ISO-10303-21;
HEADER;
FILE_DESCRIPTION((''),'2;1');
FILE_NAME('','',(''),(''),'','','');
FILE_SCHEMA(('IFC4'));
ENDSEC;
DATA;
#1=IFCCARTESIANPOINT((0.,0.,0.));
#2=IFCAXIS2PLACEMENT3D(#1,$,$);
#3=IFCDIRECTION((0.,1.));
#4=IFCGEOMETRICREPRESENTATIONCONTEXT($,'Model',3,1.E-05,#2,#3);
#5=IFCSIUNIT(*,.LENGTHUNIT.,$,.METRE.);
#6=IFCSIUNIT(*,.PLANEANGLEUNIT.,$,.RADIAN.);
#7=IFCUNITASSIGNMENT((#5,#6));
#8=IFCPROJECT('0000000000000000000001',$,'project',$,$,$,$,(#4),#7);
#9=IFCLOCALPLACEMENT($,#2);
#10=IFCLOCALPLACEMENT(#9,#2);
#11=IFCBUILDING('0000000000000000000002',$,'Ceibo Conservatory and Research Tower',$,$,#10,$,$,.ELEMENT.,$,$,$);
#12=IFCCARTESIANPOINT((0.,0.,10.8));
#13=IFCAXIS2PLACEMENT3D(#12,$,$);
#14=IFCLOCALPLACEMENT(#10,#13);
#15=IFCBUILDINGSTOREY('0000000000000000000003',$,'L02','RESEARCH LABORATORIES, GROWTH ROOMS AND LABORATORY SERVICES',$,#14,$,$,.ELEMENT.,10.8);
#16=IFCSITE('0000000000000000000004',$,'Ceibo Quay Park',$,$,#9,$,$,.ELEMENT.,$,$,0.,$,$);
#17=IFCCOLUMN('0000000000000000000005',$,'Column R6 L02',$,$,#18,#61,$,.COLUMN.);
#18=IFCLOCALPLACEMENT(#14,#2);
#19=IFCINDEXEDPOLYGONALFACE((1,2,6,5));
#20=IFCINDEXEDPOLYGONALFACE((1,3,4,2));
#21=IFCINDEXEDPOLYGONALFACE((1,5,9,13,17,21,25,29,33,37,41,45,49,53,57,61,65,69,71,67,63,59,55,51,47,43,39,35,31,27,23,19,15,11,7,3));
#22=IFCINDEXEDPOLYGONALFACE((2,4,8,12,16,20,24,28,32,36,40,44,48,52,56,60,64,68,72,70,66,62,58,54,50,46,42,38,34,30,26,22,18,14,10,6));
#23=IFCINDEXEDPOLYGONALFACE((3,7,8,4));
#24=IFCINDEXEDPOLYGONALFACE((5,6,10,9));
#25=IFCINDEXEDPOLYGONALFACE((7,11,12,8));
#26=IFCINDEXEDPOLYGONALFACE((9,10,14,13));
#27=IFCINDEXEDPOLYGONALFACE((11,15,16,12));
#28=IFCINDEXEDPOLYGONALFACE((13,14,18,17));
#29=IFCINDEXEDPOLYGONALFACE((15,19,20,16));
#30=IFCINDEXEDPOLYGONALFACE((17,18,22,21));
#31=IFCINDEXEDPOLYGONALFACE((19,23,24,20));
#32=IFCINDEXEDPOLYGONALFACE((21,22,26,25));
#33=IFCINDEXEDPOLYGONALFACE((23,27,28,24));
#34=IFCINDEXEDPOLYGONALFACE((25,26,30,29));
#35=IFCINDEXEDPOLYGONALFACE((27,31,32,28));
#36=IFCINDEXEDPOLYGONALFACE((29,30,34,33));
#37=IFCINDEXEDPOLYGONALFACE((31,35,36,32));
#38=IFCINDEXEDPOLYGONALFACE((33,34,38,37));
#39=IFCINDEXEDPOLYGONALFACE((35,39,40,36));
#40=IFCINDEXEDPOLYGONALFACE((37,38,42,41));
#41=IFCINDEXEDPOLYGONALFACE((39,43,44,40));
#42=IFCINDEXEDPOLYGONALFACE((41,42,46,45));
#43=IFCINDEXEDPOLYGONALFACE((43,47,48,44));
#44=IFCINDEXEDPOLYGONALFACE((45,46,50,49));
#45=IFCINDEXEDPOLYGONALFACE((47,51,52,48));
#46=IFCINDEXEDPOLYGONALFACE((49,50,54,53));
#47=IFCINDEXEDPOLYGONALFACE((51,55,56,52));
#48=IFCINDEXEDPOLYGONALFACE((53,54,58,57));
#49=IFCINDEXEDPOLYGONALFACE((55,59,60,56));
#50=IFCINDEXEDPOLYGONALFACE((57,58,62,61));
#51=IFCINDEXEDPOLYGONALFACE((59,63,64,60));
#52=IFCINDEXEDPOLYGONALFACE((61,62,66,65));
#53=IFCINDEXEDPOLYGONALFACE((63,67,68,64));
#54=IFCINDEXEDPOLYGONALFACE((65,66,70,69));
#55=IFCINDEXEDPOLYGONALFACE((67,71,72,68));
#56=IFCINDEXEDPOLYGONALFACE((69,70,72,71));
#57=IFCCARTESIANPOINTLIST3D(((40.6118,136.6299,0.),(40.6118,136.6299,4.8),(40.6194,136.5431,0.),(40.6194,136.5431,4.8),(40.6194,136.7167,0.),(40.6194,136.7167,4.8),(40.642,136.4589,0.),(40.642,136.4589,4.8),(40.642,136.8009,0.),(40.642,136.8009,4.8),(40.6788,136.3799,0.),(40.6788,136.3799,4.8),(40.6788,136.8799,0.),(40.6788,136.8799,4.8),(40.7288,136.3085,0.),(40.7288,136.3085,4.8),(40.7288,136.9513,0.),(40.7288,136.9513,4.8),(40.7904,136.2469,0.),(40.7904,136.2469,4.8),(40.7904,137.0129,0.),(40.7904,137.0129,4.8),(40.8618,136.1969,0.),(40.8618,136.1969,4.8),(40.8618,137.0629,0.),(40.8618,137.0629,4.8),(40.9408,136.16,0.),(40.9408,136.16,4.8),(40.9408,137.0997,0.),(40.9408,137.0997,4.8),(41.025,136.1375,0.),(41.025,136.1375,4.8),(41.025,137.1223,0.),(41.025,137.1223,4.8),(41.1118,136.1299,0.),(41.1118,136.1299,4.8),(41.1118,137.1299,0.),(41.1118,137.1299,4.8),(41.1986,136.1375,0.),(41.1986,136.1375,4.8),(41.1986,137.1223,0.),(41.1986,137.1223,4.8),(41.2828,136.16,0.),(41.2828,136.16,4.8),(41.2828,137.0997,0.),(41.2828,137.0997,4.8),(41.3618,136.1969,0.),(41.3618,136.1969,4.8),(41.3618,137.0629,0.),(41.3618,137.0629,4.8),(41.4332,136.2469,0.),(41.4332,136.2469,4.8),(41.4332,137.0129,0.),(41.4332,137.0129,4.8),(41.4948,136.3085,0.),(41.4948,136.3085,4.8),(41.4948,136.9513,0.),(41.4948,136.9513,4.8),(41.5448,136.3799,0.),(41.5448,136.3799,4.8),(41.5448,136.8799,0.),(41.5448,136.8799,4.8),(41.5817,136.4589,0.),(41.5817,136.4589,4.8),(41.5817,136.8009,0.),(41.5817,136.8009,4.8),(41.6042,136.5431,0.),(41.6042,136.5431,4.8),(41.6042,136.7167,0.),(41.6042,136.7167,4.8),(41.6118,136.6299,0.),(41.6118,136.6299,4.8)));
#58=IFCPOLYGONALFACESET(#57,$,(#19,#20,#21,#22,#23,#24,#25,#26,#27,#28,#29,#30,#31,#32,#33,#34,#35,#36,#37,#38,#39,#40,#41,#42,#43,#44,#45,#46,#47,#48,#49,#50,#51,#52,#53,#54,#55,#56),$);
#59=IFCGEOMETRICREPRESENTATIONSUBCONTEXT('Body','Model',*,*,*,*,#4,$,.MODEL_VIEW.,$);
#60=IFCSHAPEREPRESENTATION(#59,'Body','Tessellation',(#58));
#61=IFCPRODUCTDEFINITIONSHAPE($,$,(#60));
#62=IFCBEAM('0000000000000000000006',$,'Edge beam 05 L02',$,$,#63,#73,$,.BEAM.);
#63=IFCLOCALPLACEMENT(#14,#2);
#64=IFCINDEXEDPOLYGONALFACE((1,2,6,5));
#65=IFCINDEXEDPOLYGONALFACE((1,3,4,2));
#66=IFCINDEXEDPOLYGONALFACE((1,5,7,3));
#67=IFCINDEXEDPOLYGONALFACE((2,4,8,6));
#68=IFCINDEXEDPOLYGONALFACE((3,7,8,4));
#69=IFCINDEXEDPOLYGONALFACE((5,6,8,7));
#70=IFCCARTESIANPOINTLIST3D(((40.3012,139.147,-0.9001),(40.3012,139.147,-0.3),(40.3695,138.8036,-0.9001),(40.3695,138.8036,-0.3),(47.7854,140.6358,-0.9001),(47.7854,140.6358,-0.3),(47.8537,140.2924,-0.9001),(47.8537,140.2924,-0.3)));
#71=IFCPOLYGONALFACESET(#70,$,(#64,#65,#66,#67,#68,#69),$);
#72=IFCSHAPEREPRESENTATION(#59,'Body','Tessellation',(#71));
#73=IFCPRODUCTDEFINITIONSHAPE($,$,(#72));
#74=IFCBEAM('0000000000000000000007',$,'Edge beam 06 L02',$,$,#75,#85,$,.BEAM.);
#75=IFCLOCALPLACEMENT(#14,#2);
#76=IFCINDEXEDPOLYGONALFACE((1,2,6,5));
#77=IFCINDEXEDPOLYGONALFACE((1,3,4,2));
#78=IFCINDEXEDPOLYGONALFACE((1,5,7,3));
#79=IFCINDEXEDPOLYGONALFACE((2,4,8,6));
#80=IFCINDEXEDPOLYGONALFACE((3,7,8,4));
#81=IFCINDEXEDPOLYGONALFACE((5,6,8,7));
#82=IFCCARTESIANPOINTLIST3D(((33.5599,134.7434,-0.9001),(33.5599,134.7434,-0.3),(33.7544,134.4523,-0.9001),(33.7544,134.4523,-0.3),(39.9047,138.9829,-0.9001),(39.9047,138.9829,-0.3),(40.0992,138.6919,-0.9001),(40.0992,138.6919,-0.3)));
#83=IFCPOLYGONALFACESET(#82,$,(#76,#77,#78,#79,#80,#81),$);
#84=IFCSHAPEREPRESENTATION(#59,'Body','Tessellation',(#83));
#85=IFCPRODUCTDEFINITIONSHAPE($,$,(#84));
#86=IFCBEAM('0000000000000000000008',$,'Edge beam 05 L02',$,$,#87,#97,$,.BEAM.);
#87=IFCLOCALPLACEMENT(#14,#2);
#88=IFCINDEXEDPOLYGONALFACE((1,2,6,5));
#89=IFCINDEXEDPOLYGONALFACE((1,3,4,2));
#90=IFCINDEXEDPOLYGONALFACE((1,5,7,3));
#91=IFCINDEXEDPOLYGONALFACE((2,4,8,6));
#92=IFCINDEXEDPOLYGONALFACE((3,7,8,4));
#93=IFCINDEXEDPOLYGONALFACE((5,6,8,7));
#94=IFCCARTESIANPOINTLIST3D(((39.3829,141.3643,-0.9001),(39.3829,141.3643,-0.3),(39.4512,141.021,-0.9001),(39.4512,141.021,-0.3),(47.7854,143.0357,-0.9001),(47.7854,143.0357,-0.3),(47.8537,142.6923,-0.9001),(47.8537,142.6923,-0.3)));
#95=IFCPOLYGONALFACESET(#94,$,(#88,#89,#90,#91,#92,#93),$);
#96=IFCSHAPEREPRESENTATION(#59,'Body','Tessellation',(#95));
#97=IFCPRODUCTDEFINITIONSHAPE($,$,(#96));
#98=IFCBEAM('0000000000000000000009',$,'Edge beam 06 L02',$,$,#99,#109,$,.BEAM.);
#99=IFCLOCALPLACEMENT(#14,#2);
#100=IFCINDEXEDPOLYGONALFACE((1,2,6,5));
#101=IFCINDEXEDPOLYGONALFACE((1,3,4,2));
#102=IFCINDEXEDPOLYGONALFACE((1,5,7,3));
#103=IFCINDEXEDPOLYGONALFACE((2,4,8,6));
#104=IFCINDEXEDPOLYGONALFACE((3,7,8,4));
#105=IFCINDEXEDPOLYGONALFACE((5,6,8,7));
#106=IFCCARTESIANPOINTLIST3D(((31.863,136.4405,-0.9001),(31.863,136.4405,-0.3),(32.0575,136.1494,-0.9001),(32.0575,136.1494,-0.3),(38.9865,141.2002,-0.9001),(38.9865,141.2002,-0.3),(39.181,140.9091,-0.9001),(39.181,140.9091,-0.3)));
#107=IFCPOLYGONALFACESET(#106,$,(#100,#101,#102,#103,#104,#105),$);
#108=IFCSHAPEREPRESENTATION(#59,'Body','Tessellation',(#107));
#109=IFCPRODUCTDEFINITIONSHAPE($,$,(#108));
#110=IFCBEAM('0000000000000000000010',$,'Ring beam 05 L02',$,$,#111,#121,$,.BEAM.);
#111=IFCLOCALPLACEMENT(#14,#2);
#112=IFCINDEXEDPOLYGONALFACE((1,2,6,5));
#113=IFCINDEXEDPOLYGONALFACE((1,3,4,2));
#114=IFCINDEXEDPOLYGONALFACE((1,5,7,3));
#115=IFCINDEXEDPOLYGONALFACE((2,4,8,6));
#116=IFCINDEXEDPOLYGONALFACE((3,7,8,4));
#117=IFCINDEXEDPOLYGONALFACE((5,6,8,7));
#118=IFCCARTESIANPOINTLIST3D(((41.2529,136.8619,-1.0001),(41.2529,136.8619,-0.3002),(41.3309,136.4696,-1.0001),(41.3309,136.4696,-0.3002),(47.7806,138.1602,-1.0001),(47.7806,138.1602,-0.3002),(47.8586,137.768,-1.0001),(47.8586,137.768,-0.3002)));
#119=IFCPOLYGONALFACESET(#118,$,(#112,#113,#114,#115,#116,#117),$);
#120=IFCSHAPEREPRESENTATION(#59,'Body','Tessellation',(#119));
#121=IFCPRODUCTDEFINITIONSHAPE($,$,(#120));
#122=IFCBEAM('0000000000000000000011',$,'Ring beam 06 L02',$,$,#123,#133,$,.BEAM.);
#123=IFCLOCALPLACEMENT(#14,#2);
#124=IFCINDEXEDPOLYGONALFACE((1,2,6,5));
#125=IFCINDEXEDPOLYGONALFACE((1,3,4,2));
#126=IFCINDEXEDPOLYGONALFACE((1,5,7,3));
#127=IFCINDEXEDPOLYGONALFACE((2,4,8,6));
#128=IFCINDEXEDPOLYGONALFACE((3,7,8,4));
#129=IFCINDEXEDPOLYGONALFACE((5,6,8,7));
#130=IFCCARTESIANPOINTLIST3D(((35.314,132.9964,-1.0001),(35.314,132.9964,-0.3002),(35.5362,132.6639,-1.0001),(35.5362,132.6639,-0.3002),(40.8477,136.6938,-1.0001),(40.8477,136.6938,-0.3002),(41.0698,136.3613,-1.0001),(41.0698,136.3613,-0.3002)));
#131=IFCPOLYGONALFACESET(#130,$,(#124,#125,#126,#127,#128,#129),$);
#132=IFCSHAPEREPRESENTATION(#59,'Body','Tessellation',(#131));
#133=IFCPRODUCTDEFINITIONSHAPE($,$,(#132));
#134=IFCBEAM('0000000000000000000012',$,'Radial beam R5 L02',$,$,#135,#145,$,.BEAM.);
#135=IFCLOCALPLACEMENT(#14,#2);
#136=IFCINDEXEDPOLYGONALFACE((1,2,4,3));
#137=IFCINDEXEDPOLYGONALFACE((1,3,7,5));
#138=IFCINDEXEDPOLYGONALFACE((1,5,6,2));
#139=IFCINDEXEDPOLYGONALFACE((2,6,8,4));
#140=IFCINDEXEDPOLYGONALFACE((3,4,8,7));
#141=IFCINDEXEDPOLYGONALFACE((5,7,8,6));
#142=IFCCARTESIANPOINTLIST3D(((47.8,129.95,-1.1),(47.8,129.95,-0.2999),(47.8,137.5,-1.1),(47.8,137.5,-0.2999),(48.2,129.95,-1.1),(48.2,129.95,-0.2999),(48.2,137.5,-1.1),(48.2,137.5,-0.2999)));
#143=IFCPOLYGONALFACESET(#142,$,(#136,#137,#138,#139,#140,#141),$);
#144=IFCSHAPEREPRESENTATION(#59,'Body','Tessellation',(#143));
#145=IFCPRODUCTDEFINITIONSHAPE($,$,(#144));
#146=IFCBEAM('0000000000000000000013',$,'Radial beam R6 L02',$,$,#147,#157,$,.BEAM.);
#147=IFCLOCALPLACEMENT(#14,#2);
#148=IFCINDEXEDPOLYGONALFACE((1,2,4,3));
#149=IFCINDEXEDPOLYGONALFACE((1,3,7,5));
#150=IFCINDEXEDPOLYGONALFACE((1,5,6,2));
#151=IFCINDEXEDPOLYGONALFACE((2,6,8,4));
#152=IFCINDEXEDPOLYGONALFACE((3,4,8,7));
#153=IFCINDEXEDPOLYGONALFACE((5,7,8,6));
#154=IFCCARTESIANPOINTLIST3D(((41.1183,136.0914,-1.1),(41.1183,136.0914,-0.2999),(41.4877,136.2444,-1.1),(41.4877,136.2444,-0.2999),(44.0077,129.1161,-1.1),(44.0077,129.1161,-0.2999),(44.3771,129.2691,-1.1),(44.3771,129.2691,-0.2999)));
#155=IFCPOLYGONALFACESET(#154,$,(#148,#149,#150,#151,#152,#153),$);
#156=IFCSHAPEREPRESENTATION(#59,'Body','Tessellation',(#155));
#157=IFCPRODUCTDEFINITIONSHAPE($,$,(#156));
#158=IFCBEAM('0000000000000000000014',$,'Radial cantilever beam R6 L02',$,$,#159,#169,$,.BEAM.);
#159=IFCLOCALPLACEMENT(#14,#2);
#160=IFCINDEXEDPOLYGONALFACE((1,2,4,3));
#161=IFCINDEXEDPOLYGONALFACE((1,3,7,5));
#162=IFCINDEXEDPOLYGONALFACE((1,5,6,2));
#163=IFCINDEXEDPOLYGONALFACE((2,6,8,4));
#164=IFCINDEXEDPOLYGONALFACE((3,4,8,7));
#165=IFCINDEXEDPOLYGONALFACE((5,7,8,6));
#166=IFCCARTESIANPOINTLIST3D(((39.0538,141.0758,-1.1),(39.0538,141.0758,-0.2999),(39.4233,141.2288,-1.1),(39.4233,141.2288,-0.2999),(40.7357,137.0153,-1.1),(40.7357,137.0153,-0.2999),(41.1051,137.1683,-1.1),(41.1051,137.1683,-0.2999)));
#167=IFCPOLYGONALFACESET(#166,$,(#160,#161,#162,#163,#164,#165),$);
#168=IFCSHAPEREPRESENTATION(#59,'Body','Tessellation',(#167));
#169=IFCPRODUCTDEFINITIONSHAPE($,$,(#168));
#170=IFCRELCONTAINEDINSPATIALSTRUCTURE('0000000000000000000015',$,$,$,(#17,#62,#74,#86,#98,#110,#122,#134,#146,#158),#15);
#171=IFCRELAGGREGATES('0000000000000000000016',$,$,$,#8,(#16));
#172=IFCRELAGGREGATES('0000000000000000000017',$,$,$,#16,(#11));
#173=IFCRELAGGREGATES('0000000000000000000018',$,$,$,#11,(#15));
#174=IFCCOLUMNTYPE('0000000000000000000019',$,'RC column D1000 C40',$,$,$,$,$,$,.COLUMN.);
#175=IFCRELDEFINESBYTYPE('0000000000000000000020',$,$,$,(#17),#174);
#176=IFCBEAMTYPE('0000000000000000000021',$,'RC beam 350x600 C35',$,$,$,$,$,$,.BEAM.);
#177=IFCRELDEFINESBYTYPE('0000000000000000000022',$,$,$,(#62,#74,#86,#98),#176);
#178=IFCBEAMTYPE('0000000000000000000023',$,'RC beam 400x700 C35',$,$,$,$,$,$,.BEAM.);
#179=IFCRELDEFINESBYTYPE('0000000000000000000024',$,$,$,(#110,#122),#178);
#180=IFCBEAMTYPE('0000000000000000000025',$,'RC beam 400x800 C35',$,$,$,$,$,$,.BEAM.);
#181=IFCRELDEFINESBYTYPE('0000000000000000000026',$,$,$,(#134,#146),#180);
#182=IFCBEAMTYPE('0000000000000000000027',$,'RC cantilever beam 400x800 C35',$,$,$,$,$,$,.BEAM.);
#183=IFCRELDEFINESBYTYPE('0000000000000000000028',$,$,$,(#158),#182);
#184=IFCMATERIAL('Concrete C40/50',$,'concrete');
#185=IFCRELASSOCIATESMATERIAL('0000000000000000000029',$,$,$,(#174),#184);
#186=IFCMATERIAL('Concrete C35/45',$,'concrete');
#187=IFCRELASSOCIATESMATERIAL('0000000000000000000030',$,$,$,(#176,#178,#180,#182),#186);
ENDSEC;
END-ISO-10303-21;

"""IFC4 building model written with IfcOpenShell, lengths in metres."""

from ifc_helpers import new_model, si_unit, direction, frame, origin, origin_2d, place, context, subcontext, project, spatial, rectangle, circle, extrude, material, material_profile, profile_set, type_object, element, save


model = new_model("IFC4")

# Units and contexts
model_context = context("Model", 3, precision=1e-05, world=origin(), true_north=direction((0.0, 1.0)))
body_context = subcontext(model_context, "Body", "Model", "MODEL_VIEW")
ifc_project = project(units=[si_unit("LENGTHUNIT", "METRE"), si_unit("PLANEANGLEUNIT", "RADIAN")], contexts=[model_context])

# Site, building, storey
site_placement = place(None, origin())
site = spatial("IfcSite", under=ifc_project, at=site_placement, Name="Ceibo Quay Park", CompositionType="ELEMENT", RefElevation=0.0)
building_placement = place(site_placement, origin())
building = spatial("IfcBuilding", under=site, at=building_placement, Name="Ceibo Conservatory and Research Tower", CompositionType="ELEMENT")
storey_placement = place(building_placement, frame((0.0, 0.0, 10.8)))
storey = spatial("IfcBuildingStorey", under=building, at=storey_placement, Name="L02", Description="RESEARCH LABORATORIES, GROWTH ROOMS AND LABORATORY SERVICES", CompositionType="ELEMENT", Elevation=10.8)

# Column
ifc_material_1 = material(Name="Concrete C40/50", Category="concrete")
ifc_material_profile_1 = material_profile(ifc_material_1, circle(Radius=0.5, at=origin_2d()), Name="RC D1000")
ifc_profile_set_1 = profile_set([ifc_material_profile_1], Name="Concrete C40/50")
column_type = type_object("IfcColumnType", Name="RC column D1000 C40", PredefinedType="COLUMN", material=ifc_profile_set_1)
column_placement = place(storey_placement, frame((41.1118, 136.6299, 0.0), z_axis=(0.0, 0.0, 1.0), x_axis=(1.0, 0.0, 0.0)))
element("IfcColumn", 1, at=column_placement, inside=storey, type_object=column_type, Name="Column R6 L02", PredefinedType="COLUMN", context=body_context, shape_type="SweptSolid", body=[
    extrude(circle(Radius=0.5, at=origin_2d()), origin(), (0.0, 0.0, 1.0), 4.8),
])

# Beams
ifc_material_2 = material(Name="Concrete C35/45", Category="concrete")
ifc_material_profile_2 = material_profile(ifc_material_2, rectangle(XDim=0.3501, YDim=0.6001, at=origin_2d()), Name="RC 350x600")
ifc_profile_set_2 = profile_set([ifc_material_profile_2], Name="Concrete C35/45")
beam_type_1 = type_object("IfcBeamType", Name="RC beam 350x600 C35", PredefinedType="BEAM", material=ifc_profile_set_2)
for number, where, z_axis, x_axis, name in (
    (2, (47.8196, 140.4641, -0.6001), (-0.980783, -0.195101, 0.0), (0.195101, -0.980783, 0.0), "Edge beam 05 L02"),
    (3, (40.002, 138.8374, -0.6001), (-0.831464, -0.555578, 0.0), (0.555578, -0.831464, 0.0), "Edge beam 06 L02"),
):
    element("IfcBeam", number, at=place(storey_placement, frame(where, z_axis=z_axis, x_axis=x_axis)), inside=storey, type_object=beam_type_1, Name=name, PredefinedType="BEAM", context=body_context, shape_type="SweptSolid", body=[
        extrude(rectangle(XDim=0.3501, YDim=0.6001, at=origin_2d()), origin(), (0.0, 0.0, 1.0), 7.6309),
    ])
beam_1_placement = place(storey_placement, frame((47.8196, 142.864, -0.6001), z_axis=(-0.980785, -0.195091, 0.0), x_axis=(0.195091, -0.980785, 0.0)))
element("IfcBeam", 4, at=beam_1_placement, inside=storey, type_object=beam_type_1, Name="Edge beam 05 L02", PredefinedType="BEAM", context=body_context, shape_type="SweptSolid", body=[
    extrude(rectangle(XDim=0.3501, YDim=0.6001, at=origin_2d()), origin(), (0.0, 0.0, 1.0), 8.5671),
])
beam_2_placement = place(storey_placement, frame((39.0837, 141.0547, -0.6001), z_axis=(-0.831471, -0.555568, 0.0), x_axis=(0.555568, -0.831471, 0.0)))
element("IfcBeam", 5, at=beam_2_placement, inside=storey, type_object=beam_type_1, Name="Edge beam 06 L02", PredefinedType="BEAM", context=body_context, shape_type="SweptSolid", body=[
    extrude(rectangle(XDim=0.3501, YDim=0.6001, at=origin_2d()), origin(), (0.0, 0.0, 1.0), 8.5674),
])
ifc_material_profile_3 = material_profile(ifc_material_2, rectangle(XDim=0.3999, YDim=0.7, at=origin_2d()), Name="RC 400x700")
ifc_profile_set_3 = profile_set([ifc_material_profile_3], Name="Concrete C35/45")
beam_type_2 = type_object("IfcBeamType", Name="RC beam 400x700 C35", PredefinedType="BEAM", material=ifc_profile_set_3)
beam_3_placement = place(storey_placement, frame((47.8196, 137.9641, -0.6501), z_axis=(-0.980788, -0.195079, 0.0), x_axis=(0.195079, -0.980788, 0.0)))
element("IfcBeam", 6, at=beam_3_placement, inside=storey, type_object=beam_type_2, Name="Ring beam 05 L02", PredefinedType="BEAM", context=body_context, shape_type="SweptSolid", body=[
    extrude(rectangle(XDim=0.3999, YDim=0.7, at=origin_2d()), origin(), (0.0, 0.0, 1.0), 6.6555),
])
beam_4_placement = place(storey_placement, frame((40.9587, 136.5276, -0.6501), z_axis=(-0.831469, -0.555572, 0.0), x_axis=(0.555572, -0.831469, 0.0)))
element("IfcBeam", 7, at=beam_4_placement, inside=storey, type_object=beam_type_2, Name="Ring beam 06 L02", PredefinedType="BEAM", context=body_context, shape_type="SweptSolid", body=[
    extrude(rectangle(XDim=0.3999, YDim=0.7, at=origin_2d()), origin(), (0.0, 0.0, 1.0), 6.6553),
])
ifc_material_profile_4 = material_profile(ifc_material_2, rectangle(XDim=0.3999, YDim=0.8, at=origin_2d()), Name="RC 400x800")
ifc_profile_set_4 = profile_set([ifc_material_profile_4], Name="Concrete C35/45")
beam_type_3 = type_object("IfcBeamType", Name="RC beam 400x800 C35", PredefinedType="BEAM", material=ifc_profile_set_4)
for number, where, z_axis, x_axis, name in (
    (8, (48.0, 129.95, -0.7), (0.0, 1.0, 0.0), (-1.0, 0.0, 0.0), "Radial beam R5 L02"),
    (9, (44.1924, 129.1926, -0.7), (-0.382697, 0.923874, 0.0), (-0.923874, -0.382697, 0.0), "Radial beam R6 L02"),
):
    element("IfcBeam", number, at=place(storey_placement, frame(where, z_axis=z_axis, x_axis=x_axis)), inside=storey, type_object=beam_type_3, Name=name, PredefinedType="BEAM", context=body_context, shape_type="SweptSolid", body=[
        extrude(rectangle(XDim=0.3999, YDim=0.8, at=origin_2d()), origin(), (0.0, 0.0, 1.0), 7.55),
    ])
ifc_material_profile_5 = material_profile(ifc_material_2, rectangle(XDim=0.3999, YDim=0.8, at=origin_2d()), Name="RC 400x800")
ifc_profile_set_5 = profile_set([ifc_material_profile_5], Name="Concrete C35/45")
beam_type_4 = type_object("IfcBeamType", Name="RC cantilever beam 400x800 C35", PredefinedType="BEAM", material=ifc_profile_set_5)
beam_5_placement = place(storey_placement, frame((40.9204, 137.0918, -0.7), z_axis=(-0.382674, 0.923883, 0.0), x_axis=(-0.923883, -0.382674, 0.0)))
element("IfcBeam", 10, at=beam_5_placement, inside=storey, type_object=beam_type_4, Name="Radial cantilever beam R6 L02", PredefinedType="BEAM", context=body_context, shape_type="SweptSolid", body=[
    extrude(rectangle(XDim=0.3999, YDim=0.8, at=origin_2d()), origin(), (0.0, 0.0, 1.0), 4.395),
])

save(model, "model.ifc")
